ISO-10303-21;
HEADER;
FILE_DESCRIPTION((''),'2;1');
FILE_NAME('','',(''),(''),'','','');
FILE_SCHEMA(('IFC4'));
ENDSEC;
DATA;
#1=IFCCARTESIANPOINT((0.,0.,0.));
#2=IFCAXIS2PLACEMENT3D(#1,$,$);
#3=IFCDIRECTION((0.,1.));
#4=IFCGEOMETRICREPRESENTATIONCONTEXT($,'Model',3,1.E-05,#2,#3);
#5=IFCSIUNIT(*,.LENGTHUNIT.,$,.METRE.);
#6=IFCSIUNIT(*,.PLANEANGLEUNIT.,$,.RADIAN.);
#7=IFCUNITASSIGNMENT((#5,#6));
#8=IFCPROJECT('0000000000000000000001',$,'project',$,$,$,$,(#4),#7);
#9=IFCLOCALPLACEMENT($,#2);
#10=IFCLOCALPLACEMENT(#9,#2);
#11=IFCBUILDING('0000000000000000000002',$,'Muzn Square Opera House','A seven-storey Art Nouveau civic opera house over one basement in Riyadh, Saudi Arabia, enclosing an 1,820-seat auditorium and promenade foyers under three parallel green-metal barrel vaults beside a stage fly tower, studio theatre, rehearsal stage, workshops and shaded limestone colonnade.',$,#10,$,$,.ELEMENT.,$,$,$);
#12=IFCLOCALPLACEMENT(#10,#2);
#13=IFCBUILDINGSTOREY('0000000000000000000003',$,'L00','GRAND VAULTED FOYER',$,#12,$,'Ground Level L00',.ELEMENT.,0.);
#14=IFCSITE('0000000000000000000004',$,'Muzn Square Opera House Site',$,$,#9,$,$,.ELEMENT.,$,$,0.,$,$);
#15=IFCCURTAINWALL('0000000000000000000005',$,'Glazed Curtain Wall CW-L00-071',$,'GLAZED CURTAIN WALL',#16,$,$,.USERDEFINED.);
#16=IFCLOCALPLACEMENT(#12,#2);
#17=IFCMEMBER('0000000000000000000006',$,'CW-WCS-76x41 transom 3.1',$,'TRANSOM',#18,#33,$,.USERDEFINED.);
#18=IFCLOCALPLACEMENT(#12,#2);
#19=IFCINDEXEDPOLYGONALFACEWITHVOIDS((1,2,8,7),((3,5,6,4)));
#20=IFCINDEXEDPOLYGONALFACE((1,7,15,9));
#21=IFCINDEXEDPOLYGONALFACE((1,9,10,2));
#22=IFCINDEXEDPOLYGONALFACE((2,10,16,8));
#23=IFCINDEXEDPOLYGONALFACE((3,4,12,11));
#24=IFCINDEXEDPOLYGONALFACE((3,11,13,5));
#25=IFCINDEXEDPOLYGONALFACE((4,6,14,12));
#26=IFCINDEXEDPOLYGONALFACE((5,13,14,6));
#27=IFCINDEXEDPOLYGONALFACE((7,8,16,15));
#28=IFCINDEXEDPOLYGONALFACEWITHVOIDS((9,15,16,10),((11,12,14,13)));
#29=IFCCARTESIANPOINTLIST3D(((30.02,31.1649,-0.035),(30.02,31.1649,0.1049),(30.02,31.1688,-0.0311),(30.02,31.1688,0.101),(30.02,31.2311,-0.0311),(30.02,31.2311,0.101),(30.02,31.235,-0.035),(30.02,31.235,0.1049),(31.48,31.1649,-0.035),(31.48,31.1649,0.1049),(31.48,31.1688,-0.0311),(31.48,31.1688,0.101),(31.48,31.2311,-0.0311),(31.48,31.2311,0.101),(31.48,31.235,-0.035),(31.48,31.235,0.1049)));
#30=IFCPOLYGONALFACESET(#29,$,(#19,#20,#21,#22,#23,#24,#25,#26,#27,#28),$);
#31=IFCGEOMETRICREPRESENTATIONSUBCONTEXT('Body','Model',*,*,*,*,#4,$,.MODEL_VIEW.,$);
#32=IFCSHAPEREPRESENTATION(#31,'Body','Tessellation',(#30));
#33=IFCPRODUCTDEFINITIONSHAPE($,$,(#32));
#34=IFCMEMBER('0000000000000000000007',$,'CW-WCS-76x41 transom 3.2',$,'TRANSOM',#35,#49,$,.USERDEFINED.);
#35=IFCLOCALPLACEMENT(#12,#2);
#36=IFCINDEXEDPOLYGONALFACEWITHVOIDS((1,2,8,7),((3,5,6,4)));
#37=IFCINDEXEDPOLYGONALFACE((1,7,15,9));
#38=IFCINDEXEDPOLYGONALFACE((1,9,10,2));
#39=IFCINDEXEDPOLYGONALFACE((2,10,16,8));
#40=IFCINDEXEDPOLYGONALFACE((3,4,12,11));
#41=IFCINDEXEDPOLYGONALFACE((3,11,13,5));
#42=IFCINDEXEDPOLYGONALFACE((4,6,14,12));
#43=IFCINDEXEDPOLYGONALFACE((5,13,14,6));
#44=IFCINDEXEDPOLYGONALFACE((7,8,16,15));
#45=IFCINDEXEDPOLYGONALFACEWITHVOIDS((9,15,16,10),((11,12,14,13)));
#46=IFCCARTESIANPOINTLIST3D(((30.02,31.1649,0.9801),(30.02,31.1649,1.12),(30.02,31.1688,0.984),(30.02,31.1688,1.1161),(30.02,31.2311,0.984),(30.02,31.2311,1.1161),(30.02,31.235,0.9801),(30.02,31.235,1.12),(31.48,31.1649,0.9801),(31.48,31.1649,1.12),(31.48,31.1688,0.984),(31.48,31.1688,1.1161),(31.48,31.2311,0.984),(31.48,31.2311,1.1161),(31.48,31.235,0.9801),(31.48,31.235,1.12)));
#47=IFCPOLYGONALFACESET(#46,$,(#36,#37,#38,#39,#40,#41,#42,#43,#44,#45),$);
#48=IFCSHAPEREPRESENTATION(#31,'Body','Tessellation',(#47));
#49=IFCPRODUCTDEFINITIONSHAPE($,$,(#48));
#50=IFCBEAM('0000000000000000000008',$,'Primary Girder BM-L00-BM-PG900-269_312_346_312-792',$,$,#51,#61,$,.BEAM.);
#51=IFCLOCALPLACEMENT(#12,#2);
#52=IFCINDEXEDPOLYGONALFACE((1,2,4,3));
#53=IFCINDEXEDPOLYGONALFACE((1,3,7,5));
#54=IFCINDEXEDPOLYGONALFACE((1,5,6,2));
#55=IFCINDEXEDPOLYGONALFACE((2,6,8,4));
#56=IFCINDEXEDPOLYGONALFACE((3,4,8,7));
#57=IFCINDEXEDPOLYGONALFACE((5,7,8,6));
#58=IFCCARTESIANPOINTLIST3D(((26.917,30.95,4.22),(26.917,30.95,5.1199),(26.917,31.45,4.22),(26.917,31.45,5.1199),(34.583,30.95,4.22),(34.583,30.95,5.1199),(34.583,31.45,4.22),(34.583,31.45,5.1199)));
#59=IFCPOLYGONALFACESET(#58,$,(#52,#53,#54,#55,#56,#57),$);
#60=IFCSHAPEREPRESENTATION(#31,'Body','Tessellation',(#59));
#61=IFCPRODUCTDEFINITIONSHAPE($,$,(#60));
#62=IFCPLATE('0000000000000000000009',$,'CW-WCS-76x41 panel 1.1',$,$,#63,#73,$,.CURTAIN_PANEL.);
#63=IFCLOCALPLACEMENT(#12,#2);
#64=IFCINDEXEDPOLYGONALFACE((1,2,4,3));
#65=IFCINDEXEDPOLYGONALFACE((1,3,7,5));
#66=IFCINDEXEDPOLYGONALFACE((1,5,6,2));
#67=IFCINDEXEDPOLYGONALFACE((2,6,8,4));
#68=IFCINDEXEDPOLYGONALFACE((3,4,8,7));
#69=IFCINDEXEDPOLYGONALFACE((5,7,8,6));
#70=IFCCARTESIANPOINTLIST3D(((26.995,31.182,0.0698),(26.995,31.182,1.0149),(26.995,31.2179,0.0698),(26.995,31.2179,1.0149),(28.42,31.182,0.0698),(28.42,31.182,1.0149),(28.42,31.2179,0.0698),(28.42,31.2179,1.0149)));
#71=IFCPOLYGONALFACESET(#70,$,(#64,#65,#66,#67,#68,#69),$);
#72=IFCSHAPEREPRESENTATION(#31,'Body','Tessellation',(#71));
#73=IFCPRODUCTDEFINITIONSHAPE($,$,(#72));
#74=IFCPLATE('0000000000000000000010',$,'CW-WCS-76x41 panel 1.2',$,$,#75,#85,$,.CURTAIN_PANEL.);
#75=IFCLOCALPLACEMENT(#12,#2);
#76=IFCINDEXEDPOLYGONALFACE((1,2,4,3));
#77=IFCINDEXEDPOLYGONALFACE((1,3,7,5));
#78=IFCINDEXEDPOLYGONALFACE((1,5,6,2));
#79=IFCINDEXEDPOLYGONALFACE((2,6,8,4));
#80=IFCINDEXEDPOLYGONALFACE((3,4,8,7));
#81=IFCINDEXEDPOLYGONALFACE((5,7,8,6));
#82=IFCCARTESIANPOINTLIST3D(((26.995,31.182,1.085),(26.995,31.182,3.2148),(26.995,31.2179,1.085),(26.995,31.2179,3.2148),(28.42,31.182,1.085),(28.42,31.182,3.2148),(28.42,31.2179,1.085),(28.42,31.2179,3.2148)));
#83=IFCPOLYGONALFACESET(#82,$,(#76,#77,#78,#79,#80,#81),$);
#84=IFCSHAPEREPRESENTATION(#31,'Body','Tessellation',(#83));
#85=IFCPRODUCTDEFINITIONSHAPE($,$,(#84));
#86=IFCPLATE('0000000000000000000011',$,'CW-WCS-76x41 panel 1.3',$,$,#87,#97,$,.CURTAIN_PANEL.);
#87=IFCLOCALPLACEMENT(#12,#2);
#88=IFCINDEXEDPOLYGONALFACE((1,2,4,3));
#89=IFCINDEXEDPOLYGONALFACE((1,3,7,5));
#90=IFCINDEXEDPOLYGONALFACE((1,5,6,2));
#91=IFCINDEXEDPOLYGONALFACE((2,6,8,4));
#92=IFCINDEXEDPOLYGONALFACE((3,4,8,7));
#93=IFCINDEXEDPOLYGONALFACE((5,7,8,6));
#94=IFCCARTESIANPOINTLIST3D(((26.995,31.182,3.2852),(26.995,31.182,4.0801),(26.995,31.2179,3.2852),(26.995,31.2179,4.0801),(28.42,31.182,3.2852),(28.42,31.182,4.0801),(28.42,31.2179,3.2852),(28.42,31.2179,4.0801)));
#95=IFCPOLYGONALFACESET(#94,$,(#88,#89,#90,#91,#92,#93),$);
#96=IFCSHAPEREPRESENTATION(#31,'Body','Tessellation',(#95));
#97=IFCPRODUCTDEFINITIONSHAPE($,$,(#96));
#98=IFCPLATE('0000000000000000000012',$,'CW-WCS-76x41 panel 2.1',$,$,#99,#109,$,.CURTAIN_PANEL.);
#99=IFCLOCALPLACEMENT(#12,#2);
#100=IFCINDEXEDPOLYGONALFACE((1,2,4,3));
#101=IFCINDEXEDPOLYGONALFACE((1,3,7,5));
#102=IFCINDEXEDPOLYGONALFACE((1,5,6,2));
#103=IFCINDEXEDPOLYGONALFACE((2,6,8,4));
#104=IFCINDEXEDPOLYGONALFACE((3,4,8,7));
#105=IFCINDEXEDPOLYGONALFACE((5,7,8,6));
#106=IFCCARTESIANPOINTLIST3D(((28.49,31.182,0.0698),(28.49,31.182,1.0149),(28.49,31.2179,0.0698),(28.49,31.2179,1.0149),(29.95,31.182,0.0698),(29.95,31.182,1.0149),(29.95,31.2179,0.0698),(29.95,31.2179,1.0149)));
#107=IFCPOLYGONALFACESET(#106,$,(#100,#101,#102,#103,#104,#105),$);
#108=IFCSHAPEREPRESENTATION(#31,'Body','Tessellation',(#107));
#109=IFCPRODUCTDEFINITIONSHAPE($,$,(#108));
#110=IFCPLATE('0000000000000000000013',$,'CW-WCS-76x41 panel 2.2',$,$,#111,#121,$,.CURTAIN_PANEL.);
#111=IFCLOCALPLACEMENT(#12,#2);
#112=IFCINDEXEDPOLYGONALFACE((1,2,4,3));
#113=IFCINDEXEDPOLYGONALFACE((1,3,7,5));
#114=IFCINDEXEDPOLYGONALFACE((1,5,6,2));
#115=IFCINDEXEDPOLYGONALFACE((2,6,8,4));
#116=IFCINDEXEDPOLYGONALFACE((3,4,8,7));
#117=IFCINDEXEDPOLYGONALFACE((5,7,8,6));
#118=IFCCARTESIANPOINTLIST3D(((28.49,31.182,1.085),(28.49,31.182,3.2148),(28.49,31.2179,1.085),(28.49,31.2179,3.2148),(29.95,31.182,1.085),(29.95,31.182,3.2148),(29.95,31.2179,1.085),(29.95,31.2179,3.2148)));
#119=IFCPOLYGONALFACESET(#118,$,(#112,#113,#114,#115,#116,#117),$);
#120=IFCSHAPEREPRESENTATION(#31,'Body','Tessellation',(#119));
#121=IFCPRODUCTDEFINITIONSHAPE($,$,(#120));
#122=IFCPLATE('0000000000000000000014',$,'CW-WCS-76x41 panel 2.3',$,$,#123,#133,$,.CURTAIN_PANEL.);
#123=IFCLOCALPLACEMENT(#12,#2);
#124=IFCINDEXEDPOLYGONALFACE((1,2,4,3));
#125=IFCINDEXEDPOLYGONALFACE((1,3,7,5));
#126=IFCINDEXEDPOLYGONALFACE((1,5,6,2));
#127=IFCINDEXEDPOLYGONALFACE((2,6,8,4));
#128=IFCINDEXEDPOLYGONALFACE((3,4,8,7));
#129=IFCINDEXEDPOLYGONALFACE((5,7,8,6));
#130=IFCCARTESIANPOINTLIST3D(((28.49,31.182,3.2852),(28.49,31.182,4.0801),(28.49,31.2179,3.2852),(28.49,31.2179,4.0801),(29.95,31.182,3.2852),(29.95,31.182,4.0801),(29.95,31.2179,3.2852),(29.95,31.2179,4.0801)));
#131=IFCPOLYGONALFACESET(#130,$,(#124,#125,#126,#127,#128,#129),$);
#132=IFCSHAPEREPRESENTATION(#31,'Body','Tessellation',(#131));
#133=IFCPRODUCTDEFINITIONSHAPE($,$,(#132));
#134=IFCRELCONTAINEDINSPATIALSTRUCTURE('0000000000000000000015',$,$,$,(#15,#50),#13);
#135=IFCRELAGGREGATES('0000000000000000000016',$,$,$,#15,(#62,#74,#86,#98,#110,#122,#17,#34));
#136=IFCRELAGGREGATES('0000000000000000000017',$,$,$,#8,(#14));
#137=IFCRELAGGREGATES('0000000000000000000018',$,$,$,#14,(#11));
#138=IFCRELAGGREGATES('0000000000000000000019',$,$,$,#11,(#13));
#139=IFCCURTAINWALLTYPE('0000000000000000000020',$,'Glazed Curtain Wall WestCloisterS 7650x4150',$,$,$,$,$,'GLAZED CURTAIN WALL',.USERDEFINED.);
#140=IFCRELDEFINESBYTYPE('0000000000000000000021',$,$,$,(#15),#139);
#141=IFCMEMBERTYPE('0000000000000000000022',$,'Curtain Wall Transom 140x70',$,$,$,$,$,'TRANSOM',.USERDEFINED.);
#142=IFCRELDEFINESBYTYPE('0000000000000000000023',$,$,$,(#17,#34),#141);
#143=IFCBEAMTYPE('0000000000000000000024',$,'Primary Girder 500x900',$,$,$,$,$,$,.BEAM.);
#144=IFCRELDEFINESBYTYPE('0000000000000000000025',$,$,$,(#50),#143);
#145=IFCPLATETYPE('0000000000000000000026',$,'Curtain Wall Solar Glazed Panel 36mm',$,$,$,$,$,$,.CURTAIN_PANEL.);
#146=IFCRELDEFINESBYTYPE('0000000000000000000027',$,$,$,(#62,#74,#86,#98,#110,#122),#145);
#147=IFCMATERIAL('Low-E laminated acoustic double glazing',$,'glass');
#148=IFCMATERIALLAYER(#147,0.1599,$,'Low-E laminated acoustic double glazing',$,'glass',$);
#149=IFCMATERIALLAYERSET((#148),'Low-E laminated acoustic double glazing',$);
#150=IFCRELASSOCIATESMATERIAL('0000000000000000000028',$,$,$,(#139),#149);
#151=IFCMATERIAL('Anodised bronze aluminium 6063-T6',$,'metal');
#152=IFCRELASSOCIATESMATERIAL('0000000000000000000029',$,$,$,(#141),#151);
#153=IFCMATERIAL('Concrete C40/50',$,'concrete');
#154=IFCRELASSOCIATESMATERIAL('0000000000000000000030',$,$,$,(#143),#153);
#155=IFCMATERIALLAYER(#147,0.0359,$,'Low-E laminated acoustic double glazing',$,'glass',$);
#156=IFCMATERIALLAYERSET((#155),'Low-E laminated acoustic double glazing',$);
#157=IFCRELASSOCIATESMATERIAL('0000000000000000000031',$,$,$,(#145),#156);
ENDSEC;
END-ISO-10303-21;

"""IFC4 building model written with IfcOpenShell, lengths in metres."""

from ifc_helpers import new_model, si_unit, direction, frame, origin, origin_2d, place, context, subcontext, project, spatial, rectangle, hollow_rectangle, extrude, material, layer, layer_set, material_profile, profile_set, type_object, element, aggregate, save


model = new_model("IFC4")

# Units and contexts
model_context = context("Model", 3, precision=1e-05, world=origin(), true_north=direction((0.0, 1.0)))
body_context = subcontext(model_context, "Body", "Model", "MODEL_VIEW")
ifc_project = project(units=[si_unit("LENGTHUNIT", "METRE"), si_unit("PLANEANGLEUNIT", "RADIAN")], contexts=[model_context])

# Site, building, storey
site_placement = place(None, origin())
site = spatial("IfcSite", under=ifc_project, at=site_placement, Name="Muzn Square Opera House Site", CompositionType="ELEMENT", RefElevation=0.0)
building_placement = place(site_placement, origin())
building = spatial("IfcBuilding", under=site, at=building_placement, Name="Muzn Square Opera House", Description="A seven-storey Art Nouveau civic opera house over one basement in Riyadh, Saudi Arabia, enclosing an 1,820-seat auditorium and promenade foyers under three parallel green-metal barrel vaults beside a stage fly tower, studio theatre, rehearsal stage, workshops and shaded limestone colonnade.", CompositionType="ELEMENT")
storey_placement = place(building_placement, origin())
storey = spatial("IfcBuildingStorey", under=building, at=storey_placement, Name="L00", Description="GRAND VAULTED FOYER", LongName="Ground Level L00", CompositionType="ELEMENT", Elevation=0.0)

# Curtain wall, members
ifc_material_1 = material(Name="Low-E laminated acoustic double glazing", Category="glass")
ifc_layer_1 = layer(ifc_material_1, 0.1599, Name="Low-E laminated acoustic double glazing", Category="glass")
ifc_layer_set_1 = layer_set([ifc_layer_1], Name="Low-E laminated acoustic double glazing")
curtain_wall_type = type_object("IfcCurtainWallType", Name="Glazed Curtain Wall WestCloisterS 7650x4150", ElementType="GLAZED CURTAIN WALL", PredefinedType="USERDEFINED", material=ifc_layer_set_1)
curtain_wall_placement = place(storey_placement, origin())
curtain_wall = element("IfcCurtainWall", 1, at=curtain_wall_placement, inside=storey, type_object=curtain_wall_type, Name="Glazed Curtain Wall CW-L00-071", ObjectType="GLAZED CURTAIN WALL", PredefinedType="USERDEFINED")
ifc_material_2 = material(Name="Anodised bronze aluminium 6063-T6", Category="metal")
ifc_material_profile_1 = material_profile(ifc_material_2, hollow_rectangle(XDim=0.0701, YDim=0.1399, WallThickness=0.0039, at=origin_2d()), Name="ALU 140x70x4", Category="metal")
ifc_profile_set_1 = profile_set([ifc_material_profile_1], Name="Anodised bronze aluminium 6063-T6")
member_type_1 = type_object("IfcMemberType", Name="Curtain Wall Transom 140x70", ElementType="TRANSOM", PredefinedType="USERDEFINED", material=ifc_profile_set_1)
member_1_placement = place(storey_placement, frame((30.02, 31.2, 0.0349), z_axis=(1.0, 0.0, 0.0), x_axis=(0.0, 1.0, 0.0)))
member_1 = element("IfcMember", 2, at=member_1_placement, type_object=member_type_1, Name="CW-WCS-76x41 transom 3.1", ObjectType="TRANSOM", PredefinedType="USERDEFINED", context=body_context, shape_type="SweptSolid", body=[
    extrude(hollow_rectangle(XDim=0.0701, YDim=0.1399, WallThickness=0.0039, at=origin_2d()), origin(), (0.0, 0.0, 1.0), 1.46),
])
member_2_placement = place(storey_placement, frame((30.02, 31.2, 1.05), z_axis=(1.0, 0.0, 0.0), x_axis=(0.0, 1.0, 0.0)))
member_2 = element("IfcMember", 3, at=member_2_placement, type_object=member_type_1, Name="CW-WCS-76x41 transom 3.2", ObjectType="TRANSOM", PredefinedType="USERDEFINED", context=body_context, shape_type="SweptSolid", body=[
    extrude(hollow_rectangle(XDim=0.0701, YDim=0.1399, WallThickness=0.0039, at=origin_2d()), origin(), (0.0, 0.0, 1.0), 1.46),
])

# Beam
ifc_material_3 = material(Name="Concrete C40/50", Category="concrete")
ifc_material_profile_2 = material_profile(ifc_material_3, rectangle(XDim=0.5, YDim=0.8999, at=origin_2d()), Name="RCB 500x900", Category="concrete")
ifc_profile_set_2 = profile_set([ifc_material_profile_2], Name="Concrete C40/50")
beam_type = type_object("IfcBeamType", Name="Primary Girder 500x900", PredefinedType="BEAM", material=ifc_profile_set_2)
beam_placement = place(storey_placement, frame((26.917, 31.2, 4.6699), z_axis=(1.0, 0.0, 0.0), x_axis=(0.0, 1.0, 0.0)))
element("IfcBeam", 4, at=beam_placement, inside=storey, type_object=beam_type, Name="Primary Girder BM-L00-BM-PG900-269_312_346_312-792", PredefinedType="BEAM", context=body_context, shape_type="SweptSolid", body=[
    extrude(rectangle(XDim=0.5, YDim=0.8999, at=origin_2d()), origin(), (0.0, 0.0, 1.0), 7.666),
])

# Plates
ifc_layer_2 = layer(ifc_material_1, 0.0359, Name="Low-E laminated acoustic double glazing", Category="glass")
ifc_layer_set_2 = layer_set([ifc_layer_2], Name="Low-E laminated acoustic double glazing")
plate_type = type_object("IfcPlateType", Name="Curtain Wall Solar Glazed Panel 36mm", PredefinedType="CURTAIN_PANEL", material=ifc_layer_set_2)
plate_1_placement = place(storey_placement, frame((27.7075, 31.2, 0.0698), z_axis=(0.0, 0.0, 1.0), x_axis=(1.0, 0.0, 0.0)))
plate_1 = element("IfcPlate", 5, at=plate_1_placement, type_object=plate_type, Name="CW-WCS-76x41 panel 1.1", PredefinedType="CURTAIN_PANEL", context=body_context, shape_type="SweptSolid", body=[
    extrude(rectangle(XDim=1.425, YDim=0.0359, at=origin_2d()), origin(), (0.0, 0.0, 1.0), 0.9451),
])
plate_2_placement = place(storey_placement, frame((27.7075, 31.2, 1.085), z_axis=(0.0, 0.0, 1.0), x_axis=(1.0, 0.0, 0.0)))
plate_2 = element("IfcPlate", 6, at=plate_2_placement, type_object=plate_type, Name="CW-WCS-76x41 panel 1.2", PredefinedType="CURTAIN_PANEL", context=body_context, shape_type="SweptSolid", body=[
    extrude(rectangle(XDim=1.425, YDim=0.0359, at=origin_2d()), origin(), (0.0, 0.0, 1.0), 2.1299),
])
plate_3_placement = place(storey_placement, frame((27.7075, 31.2, 3.2852), z_axis=(0.0, 0.0, 1.0), x_axis=(1.0, 0.0, 0.0)))
plate_3 = element("IfcPlate", 7, at=plate_3_placement, type_object=plate_type, Name="CW-WCS-76x41 panel 1.3", PredefinedType="CURTAIN_PANEL", context=body_context, shape_type="SweptSolid", body=[
    extrude(rectangle(XDim=1.425, YDim=0.0359, at=origin_2d()), origin(), (0.0, 0.0, 1.0), 0.7949),
])
plate_4_placement = place(storey_placement, frame((29.22, 31.2, 0.0698), z_axis=(0.0, 0.0, 1.0), x_axis=(1.0, 0.0, 0.0)))
plate_4 = element("IfcPlate", 8, at=plate_4_placement, type_object=plate_type, Name="CW-WCS-76x41 panel 2.1", PredefinedType="CURTAIN_PANEL", context=body_context, shape_type="SweptSolid", body=[
    extrude(rectangle(XDim=1.46, YDim=0.0359, at=origin_2d()), origin(), (0.0, 0.0, 1.0), 0.9451),
])
plate_5_placement = place(storey_placement, frame((29.22, 31.2, 1.085), z_axis=(0.0, 0.0, 1.0), x_axis=(1.0, 0.0, 0.0)))
plate_5 = element("IfcPlate", 9, at=plate_5_placement, type_object=plate_type, Name="CW-WCS-76x41 panel 2.2", PredefinedType="CURTAIN_PANEL", context=body_context, shape_type="SweptSolid", body=[
    extrude(rectangle(XDim=1.46, YDim=0.0359, at=origin_2d()), origin(), (0.0, 0.0, 1.0), 2.1299),
])
plate_6_placement = place(storey_placement, frame((29.22, 31.2, 3.2852), z_axis=(0.0, 0.0, 1.0), x_axis=(1.0, 0.0, 0.0)))
plate_6 = element("IfcPlate", 10, at=plate_6_placement, type_object=plate_type, Name="CW-WCS-76x41 panel 2.3", PredefinedType="CURTAIN_PANEL", context=body_context, shape_type="SweptSolid", body=[
    extrude(rectangle(XDim=1.46, YDim=0.0359, at=origin_2d()), origin(), (0.0, 0.0, 1.0), 0.7949),
])
aggregate(curtain_wall, [plate_1, plate_2, plate_3, plate_4, plate_5, plate_6, member_1, member_2])

save(model, "model.ifc")
